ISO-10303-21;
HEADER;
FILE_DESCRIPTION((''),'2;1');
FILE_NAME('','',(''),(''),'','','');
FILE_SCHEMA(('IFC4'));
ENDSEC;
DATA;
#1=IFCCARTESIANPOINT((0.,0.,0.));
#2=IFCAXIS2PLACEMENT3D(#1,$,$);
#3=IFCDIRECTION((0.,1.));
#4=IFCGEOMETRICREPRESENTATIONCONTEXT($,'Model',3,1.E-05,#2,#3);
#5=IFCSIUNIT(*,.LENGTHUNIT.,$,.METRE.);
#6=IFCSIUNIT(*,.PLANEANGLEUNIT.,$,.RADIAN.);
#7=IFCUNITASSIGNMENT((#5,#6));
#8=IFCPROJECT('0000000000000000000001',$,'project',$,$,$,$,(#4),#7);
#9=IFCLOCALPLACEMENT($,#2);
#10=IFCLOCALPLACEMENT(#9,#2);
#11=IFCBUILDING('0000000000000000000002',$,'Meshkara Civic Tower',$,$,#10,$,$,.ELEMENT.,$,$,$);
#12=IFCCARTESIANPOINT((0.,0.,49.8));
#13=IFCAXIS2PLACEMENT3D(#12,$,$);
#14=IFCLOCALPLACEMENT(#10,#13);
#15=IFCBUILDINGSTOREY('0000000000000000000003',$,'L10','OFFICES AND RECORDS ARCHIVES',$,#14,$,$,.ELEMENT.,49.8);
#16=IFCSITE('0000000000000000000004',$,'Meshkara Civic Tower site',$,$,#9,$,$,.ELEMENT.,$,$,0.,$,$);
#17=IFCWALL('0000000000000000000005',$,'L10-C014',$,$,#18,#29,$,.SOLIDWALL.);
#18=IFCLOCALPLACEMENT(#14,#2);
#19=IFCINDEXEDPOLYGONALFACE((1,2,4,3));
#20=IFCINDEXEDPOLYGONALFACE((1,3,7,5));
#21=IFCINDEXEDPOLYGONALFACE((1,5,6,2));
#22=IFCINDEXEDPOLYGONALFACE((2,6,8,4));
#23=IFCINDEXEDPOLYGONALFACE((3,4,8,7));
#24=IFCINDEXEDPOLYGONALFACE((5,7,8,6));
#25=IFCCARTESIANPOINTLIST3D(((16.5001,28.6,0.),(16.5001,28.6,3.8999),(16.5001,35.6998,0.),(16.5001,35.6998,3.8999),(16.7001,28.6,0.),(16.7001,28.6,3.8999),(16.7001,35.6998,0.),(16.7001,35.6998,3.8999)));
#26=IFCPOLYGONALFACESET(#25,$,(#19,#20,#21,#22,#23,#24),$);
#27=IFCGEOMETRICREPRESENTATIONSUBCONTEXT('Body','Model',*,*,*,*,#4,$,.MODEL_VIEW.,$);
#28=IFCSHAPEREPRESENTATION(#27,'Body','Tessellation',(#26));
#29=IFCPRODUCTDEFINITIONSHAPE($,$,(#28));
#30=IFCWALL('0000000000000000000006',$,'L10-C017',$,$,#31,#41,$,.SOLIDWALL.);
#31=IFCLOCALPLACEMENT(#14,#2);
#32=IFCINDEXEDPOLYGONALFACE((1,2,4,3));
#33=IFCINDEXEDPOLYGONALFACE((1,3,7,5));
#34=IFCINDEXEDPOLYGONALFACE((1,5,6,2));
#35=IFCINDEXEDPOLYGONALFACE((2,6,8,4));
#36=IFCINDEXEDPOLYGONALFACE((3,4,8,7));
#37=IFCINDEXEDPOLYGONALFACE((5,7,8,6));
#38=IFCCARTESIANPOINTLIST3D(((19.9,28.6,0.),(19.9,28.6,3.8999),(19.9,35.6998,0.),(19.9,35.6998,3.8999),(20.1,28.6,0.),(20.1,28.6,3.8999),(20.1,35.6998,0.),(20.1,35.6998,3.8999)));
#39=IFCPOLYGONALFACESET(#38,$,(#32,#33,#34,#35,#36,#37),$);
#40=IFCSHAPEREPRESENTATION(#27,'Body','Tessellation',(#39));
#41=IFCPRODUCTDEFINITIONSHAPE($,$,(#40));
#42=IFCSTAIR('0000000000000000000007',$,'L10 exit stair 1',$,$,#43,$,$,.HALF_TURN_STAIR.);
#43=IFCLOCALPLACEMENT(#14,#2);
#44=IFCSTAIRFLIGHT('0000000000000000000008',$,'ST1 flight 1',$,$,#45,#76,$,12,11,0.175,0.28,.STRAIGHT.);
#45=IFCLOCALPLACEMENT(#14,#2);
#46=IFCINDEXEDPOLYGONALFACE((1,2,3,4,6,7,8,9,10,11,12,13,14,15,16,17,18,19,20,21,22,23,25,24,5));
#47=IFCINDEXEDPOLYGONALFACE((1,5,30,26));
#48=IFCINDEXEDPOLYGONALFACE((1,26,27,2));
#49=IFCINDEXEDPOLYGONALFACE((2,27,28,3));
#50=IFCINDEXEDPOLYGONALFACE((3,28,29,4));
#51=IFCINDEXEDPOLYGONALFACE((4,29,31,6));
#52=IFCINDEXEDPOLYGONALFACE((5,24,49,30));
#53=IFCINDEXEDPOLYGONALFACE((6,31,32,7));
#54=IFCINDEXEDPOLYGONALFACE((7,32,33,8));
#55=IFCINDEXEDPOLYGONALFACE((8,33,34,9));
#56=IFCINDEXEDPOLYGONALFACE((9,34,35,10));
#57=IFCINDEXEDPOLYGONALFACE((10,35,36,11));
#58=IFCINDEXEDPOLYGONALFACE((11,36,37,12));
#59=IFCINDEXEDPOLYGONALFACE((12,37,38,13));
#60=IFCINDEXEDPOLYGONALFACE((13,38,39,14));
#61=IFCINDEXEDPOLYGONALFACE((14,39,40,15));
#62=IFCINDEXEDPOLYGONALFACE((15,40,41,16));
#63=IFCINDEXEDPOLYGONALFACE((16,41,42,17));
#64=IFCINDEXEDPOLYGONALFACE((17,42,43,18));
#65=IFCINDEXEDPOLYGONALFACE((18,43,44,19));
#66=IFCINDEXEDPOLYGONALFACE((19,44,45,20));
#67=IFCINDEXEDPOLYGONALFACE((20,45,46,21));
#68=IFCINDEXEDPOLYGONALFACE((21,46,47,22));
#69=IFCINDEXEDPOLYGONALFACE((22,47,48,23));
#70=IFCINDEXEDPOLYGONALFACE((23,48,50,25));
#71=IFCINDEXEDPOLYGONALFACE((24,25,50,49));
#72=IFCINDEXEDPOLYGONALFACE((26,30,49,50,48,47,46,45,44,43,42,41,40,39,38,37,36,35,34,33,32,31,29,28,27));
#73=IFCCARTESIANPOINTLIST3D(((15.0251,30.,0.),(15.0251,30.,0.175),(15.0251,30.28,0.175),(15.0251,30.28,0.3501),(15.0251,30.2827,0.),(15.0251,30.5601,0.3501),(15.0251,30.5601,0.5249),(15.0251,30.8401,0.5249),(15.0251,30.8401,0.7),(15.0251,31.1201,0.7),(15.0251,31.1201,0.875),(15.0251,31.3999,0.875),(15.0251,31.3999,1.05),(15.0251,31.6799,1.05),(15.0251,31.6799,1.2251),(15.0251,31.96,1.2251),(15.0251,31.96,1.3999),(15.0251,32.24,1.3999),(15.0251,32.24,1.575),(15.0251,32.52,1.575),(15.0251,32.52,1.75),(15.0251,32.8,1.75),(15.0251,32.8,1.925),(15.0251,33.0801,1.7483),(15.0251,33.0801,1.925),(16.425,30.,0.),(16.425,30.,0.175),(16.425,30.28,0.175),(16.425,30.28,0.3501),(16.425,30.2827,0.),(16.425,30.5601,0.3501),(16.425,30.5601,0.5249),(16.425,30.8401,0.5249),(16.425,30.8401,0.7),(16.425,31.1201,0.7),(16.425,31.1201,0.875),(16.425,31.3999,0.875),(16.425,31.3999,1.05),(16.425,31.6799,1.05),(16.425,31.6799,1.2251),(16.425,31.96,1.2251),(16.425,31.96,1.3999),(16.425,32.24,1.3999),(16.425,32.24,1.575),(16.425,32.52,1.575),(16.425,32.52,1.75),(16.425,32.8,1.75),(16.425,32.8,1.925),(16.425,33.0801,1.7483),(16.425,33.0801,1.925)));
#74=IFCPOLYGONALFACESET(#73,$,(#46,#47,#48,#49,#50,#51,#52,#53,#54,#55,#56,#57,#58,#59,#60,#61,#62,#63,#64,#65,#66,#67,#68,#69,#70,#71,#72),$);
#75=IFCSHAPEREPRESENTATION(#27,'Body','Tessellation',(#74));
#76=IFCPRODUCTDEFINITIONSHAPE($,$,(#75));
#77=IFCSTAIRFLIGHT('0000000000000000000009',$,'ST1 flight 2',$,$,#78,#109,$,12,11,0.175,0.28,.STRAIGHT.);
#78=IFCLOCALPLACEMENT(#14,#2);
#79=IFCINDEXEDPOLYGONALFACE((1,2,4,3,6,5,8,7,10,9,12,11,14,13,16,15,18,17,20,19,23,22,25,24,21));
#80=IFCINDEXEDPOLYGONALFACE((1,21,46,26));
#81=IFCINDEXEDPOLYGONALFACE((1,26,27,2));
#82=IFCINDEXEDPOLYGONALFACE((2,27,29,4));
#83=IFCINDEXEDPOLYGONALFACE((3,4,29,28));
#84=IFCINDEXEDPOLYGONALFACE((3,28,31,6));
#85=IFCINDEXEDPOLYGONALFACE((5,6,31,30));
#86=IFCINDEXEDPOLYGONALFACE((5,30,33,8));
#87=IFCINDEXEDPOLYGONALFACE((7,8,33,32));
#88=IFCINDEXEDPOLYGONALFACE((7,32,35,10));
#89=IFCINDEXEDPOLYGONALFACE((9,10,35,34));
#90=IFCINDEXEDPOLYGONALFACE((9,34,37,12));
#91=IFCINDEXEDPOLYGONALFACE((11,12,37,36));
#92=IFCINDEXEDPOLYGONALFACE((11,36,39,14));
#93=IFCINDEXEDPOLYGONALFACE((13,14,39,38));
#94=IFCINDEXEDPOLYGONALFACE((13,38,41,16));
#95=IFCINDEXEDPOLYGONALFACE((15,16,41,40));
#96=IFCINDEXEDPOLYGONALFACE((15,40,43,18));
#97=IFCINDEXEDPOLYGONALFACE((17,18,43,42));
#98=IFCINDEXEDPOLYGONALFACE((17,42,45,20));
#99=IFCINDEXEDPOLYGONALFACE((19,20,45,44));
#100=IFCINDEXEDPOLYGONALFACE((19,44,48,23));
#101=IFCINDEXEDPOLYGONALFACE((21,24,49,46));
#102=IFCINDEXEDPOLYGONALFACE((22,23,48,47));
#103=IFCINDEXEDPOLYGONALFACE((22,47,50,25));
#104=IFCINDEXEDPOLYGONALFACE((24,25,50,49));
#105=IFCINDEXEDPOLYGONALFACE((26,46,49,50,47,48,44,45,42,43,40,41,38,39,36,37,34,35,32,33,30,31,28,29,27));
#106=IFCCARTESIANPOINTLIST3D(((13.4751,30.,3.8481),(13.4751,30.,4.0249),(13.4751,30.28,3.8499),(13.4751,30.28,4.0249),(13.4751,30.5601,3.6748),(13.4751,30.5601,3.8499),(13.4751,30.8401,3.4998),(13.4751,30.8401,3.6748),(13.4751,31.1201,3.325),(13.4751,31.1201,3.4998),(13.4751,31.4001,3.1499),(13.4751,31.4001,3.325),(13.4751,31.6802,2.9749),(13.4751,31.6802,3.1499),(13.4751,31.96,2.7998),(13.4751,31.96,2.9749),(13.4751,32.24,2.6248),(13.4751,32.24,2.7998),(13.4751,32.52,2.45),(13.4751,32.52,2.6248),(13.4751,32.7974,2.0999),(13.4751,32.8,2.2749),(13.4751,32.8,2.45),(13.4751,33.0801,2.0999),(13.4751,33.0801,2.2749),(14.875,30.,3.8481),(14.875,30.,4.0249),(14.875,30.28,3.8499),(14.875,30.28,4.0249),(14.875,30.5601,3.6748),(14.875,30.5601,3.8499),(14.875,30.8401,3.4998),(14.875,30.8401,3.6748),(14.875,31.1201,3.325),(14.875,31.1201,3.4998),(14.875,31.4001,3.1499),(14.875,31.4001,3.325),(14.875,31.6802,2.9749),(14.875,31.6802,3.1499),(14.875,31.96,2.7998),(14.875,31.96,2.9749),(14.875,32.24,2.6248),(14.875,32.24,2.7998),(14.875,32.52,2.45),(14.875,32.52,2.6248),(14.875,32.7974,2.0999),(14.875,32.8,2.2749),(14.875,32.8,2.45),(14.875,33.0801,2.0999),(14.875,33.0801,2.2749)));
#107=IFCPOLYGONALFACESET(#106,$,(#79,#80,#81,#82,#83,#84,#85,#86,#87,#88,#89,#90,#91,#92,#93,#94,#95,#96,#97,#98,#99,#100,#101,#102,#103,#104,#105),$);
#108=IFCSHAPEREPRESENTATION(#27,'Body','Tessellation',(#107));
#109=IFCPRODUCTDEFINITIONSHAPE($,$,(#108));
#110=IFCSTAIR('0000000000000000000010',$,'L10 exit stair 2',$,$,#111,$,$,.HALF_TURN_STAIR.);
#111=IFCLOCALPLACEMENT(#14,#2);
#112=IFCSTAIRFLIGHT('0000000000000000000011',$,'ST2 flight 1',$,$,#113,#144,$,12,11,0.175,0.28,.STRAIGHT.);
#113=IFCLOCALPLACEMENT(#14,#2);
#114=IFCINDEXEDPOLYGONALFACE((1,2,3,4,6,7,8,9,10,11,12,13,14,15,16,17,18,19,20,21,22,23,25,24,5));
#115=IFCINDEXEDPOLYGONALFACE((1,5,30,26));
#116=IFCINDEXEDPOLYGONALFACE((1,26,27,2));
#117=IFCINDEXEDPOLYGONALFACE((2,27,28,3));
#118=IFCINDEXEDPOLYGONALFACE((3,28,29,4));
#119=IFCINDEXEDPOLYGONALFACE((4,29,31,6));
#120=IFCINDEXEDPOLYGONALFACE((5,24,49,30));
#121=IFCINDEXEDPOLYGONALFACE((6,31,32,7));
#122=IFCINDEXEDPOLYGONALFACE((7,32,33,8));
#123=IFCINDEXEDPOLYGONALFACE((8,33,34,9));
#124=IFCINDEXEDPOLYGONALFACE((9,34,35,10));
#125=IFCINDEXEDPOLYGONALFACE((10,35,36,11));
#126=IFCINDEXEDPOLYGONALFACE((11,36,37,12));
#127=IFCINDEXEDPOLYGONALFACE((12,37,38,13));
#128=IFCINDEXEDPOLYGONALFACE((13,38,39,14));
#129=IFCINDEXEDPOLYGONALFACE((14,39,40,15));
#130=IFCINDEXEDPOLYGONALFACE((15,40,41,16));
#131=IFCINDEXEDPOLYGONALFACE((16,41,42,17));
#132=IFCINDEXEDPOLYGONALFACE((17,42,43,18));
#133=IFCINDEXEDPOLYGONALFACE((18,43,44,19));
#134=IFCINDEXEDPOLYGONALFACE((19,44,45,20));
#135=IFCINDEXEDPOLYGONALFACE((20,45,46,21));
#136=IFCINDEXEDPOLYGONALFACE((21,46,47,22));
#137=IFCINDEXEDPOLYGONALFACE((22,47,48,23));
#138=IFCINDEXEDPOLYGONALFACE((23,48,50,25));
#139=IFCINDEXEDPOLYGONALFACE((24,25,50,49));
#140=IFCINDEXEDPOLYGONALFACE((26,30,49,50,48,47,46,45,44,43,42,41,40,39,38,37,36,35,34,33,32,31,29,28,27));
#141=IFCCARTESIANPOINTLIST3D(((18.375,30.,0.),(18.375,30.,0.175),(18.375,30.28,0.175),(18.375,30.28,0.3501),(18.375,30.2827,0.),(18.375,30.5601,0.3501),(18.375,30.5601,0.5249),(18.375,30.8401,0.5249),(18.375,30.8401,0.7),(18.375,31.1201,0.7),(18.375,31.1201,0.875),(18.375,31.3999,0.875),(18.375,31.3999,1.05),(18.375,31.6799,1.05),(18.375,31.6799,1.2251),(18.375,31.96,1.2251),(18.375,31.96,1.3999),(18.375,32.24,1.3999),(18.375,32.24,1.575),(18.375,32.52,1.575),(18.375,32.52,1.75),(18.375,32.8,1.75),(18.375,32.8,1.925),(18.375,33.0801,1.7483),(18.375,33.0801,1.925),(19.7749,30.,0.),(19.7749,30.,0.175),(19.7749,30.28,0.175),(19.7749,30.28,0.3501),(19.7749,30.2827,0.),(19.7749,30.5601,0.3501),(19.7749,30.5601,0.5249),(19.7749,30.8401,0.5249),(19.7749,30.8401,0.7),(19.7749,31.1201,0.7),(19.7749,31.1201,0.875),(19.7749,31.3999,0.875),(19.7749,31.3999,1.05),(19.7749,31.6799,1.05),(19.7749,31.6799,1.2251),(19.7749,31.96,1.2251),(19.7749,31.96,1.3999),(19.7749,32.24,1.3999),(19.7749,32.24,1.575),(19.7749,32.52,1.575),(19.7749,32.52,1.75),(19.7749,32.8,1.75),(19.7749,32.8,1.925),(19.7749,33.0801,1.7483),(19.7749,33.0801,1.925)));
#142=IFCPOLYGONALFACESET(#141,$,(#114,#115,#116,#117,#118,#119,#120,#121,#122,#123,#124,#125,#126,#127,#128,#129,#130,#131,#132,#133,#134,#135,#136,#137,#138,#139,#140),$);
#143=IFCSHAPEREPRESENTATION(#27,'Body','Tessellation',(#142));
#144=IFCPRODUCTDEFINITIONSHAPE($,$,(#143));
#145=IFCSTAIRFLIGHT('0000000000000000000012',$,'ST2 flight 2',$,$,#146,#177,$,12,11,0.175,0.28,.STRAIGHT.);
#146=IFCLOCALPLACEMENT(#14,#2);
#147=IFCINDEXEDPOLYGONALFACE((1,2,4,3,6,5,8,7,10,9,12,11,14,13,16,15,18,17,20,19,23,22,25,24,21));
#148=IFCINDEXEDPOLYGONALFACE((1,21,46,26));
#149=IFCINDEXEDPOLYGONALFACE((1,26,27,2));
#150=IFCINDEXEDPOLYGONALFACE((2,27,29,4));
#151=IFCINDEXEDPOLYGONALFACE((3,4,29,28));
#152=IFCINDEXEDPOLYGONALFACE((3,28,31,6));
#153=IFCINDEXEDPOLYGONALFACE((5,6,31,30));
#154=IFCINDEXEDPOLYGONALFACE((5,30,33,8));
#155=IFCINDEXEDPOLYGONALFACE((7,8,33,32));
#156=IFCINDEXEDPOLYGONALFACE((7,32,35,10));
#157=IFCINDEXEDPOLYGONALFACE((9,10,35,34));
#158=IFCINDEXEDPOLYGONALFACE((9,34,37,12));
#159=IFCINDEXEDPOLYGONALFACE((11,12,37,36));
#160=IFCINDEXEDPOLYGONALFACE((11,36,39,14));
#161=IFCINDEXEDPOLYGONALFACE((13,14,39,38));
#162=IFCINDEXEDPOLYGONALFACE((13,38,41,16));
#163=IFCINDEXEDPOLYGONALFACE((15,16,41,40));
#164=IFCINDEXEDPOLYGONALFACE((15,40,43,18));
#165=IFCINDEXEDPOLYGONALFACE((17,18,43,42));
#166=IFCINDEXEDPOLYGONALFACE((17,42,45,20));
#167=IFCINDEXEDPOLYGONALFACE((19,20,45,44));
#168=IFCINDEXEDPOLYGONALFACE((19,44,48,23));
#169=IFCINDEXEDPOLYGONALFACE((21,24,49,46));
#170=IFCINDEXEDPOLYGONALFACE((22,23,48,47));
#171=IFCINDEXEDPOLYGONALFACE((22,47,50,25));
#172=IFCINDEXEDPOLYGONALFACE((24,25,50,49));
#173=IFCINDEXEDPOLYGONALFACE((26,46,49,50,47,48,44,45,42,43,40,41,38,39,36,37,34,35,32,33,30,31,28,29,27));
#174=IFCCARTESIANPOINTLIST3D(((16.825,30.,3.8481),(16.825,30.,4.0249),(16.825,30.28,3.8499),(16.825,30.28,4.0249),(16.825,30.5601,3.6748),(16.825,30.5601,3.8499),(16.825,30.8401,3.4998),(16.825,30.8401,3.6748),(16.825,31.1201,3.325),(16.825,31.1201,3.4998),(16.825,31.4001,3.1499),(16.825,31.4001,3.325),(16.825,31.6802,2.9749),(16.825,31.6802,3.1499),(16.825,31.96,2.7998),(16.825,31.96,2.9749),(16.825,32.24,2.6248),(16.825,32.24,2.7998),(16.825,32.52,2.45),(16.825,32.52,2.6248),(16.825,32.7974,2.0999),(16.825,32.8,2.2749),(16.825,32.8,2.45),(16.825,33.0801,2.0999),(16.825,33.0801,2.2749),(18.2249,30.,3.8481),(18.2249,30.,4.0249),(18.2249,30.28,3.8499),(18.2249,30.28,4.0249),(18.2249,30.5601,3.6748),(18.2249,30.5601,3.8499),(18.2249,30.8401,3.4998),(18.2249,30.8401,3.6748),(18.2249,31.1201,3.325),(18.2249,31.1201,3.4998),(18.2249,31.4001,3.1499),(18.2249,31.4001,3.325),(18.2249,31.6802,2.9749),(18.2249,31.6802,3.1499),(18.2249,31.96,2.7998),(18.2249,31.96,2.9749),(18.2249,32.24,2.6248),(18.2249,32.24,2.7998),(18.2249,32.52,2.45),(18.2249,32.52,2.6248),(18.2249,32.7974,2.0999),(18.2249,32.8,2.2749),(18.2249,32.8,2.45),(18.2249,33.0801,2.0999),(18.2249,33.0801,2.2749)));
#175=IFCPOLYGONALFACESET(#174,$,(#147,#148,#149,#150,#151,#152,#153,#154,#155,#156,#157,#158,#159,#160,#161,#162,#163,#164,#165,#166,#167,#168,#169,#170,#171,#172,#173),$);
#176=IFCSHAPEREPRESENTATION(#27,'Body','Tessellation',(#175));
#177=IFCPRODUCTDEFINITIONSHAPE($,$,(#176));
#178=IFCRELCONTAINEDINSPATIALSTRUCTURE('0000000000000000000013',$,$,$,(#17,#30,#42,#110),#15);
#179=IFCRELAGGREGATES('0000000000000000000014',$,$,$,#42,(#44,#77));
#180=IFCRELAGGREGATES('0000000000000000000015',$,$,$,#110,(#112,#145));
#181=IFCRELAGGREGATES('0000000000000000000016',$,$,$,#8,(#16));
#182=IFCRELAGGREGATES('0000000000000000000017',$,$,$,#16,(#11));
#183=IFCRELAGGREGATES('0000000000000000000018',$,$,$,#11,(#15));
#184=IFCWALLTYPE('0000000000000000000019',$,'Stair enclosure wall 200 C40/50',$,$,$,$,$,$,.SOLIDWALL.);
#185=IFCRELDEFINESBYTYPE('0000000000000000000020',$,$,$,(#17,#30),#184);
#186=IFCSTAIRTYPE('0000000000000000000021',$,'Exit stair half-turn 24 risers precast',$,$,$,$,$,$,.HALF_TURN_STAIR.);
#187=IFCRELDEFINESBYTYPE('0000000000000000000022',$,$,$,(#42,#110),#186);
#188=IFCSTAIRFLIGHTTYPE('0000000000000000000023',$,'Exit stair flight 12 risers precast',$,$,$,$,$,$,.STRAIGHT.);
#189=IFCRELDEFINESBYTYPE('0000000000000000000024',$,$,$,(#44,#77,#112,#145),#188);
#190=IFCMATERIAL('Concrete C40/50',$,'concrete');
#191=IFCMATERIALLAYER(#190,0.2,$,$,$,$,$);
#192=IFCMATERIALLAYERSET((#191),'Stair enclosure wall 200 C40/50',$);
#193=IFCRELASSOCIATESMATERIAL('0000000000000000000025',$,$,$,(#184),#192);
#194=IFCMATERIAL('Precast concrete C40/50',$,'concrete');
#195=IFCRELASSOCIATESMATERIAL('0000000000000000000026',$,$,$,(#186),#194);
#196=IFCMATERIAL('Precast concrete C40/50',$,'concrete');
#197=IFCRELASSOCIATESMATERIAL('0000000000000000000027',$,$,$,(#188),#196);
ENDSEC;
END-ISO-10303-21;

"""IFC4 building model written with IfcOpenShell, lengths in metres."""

from ifc_helpers import new_model, si_unit, direction, frame, frame_2d, origin, place, context, subcontext, project, spatial, polyline, rectangle, outline, extrude, material, layer, layer_set, type_object, element, aggregate, save


model = new_model("IFC4")

# Units and contexts
model_context = context("Model", 3, precision=1e-05, world=origin(), true_north=direction((0.0, 1.0)))
body_context = subcontext(model_context, "Body", "Model", "MODEL_VIEW")
ifc_project = project(units=[si_unit("LENGTHUNIT", "METRE"), si_unit("PLANEANGLEUNIT", "RADIAN")], contexts=[model_context])

# Site, building, storey
site_placement = place(None, origin())
site = spatial("IfcSite", under=ifc_project, at=site_placement, Name="Meshkara Civic Tower site", CompositionType="ELEMENT", RefElevation=0.0)
building_placement = place(site_placement, origin())
building = spatial("IfcBuilding", under=site, at=building_placement, Name="Meshkara Civic Tower", CompositionType="ELEMENT")
storey_placement = place(building_placement, frame((0.0, 0.0, 49.8)))
storey = spatial("IfcBuildingStorey", under=building, at=storey_placement, Name="L10", Description="OFFICES AND RECORDS ARCHIVES", CompositionType="ELEMENT", Elevation=49.8)

# Walls
ifc_material_1 = material(Name="Concrete C40/50", Category="concrete")
ifc_layer_1 = layer(ifc_material_1, 0.2)
ifc_layer_set_1 = layer_set([ifc_layer_1], Name="Stair enclosure wall 200 C40/50")
wall_type_1 = type_object("IfcWallType", Name="Stair enclosure wall 200 C40/50", PredefinedType="SOLIDWALL", material=ifc_layer_set_1)
for number, where, z_axis, x_axis, name in (
    (1, (16.6001, 28.6001, 0.0), (0.0, 0.0, 1.0), (0.0, 1.0, 0.0), "L10-C014"),
    (2, (20.0, 28.6001, 0.0), (0.0, 0.0, 1.0), (0.0, 1.0, 0.0), "L10-C017"),
):
    element("IfcWall", number, at=place(storey_placement, frame(where, z_axis=z_axis, x_axis=x_axis)), inside=storey, type_object=wall_type_1, Name=name, PredefinedType="SOLIDWALL", context=body_context, shape_type="SweptSolid", body=[
        extrude(rectangle(XDim=7.0999, YDim=0.2, at=frame_2d((3.5498, 0.0))), origin(), (0.0, 0.0, 1.0), 3.8999),
    ])

# Stairs, stair flights
ifc_material_2 = material(Name="Precast concrete C40/50", Category="concrete")
stair_type = type_object("IfcStairType", Name="Exit stair half-turn 24 risers precast", PredefinedType="HALF_TURN_STAIR", material=ifc_material_2)
stair_1_placement = place(storey_placement, origin())
stair_1 = element("IfcStair", 3, at=stair_1_placement, inside=storey, type_object=stair_type, Name="L10 exit stair 1", PredefinedType="HALF_TURN_STAIR")
ifc_material_3 = material(Name="Precast concrete C40/50", Category="concrete")
stair_flight_type = type_object("IfcStairFlightType", Name="Exit stair flight 12 risers precast", PredefinedType="STRAIGHT", material=ifc_material_3)
stair_flight_1_placement = place(storey_placement, frame((15.7251, 30.0, 0.0), z_axis=(0.0, 0.0, 1.0), x_axis=(0.0, 1.0, 0.0)))
stair_flight_1 = element("IfcStairFlight", 4, at=stair_flight_1_placement, type_object=stair_flight_type, Name="ST1 flight 1", NumberOfRisers=12, NumberOfTreads=11, PredefinedType="STRAIGHT", RiserHeight=0.175, TreadLength=0.28, context=body_context, shape_type="SweptSolid", body=[
    extrude(outline(polyline([(0.0, 0.0), (0.0, 0.175), (0.28, 0.175), (0.28, 0.3501), (0.5601, 0.3501), (0.5601, 0.5249), (0.8401, 0.5249), (0.8401, 0.7), (1.1201, 0.7), (1.1201, 0.875), (1.3999, 0.875), (1.3999, 1.05), (1.6799, 1.05), (1.6799, 1.2251), (1.96, 1.2251), (1.96, 1.3999), (2.24, 1.3999), (2.24, 1.575), (2.52, 1.575), (2.52, 1.75), (2.8, 1.75), (2.8, 1.925), (3.0801, 1.925), (3.0801, 2.1001), (3.0801, 1.7483), (0.2827, 0.0), (0.0, 0.0)])), frame((0.0, 0.7, 0.0), z_axis=(0.0, -1.0, 0.0), x_axis=(1.0, 0.0, 0.0)), (0.0, 0.0, 1.0), 1.3999),
])
stair_flight_2_placement = place(storey_placement, frame((14.175, 33.0801, 2.0999), z_axis=(0.0, 0.0, 1.0), x_axis=(0.0, -1.0, 0.0)))
stair_flight_2 = element("IfcStairFlight", 5, at=stair_flight_2_placement, type_object=stair_flight_type, Name="ST1 flight 2", NumberOfRisers=12, NumberOfTreads=11, PredefinedType="STRAIGHT", RiserHeight=0.175, TreadLength=0.28, context=body_context, shape_type="SweptSolid", body=[
    extrude(outline(polyline([(0.0, 0.0), (0.0, 0.175), (0.28, 0.175), (0.28, 0.3501), (0.5601, 0.3501), (0.5601, 0.5249), (0.8401, 0.5249), (0.8401, 0.7), (1.1201, 0.7), (1.1201, 0.875), (1.3999, 0.875), (1.3999, 1.05), (1.6799, 1.05), (1.6799, 1.2251), (1.96, 1.2251), (1.96, 1.3999), (2.24, 1.3999), (2.24, 1.575), (2.52, 1.575), (2.52, 1.75), (2.8, 1.75), (2.8, 1.925), (3.0801, 1.925), (3.0801, 2.1001), (3.0801, 1.7483), (0.2827, 0.0), (0.0, 0.0)])), frame((0.0, 0.7, 0.0), z_axis=(0.0, -1.0, 0.0), x_axis=(1.0, 0.0, 0.0)), (0.0, 0.0, 1.0), 1.3999),
])
aggregate(stair_1, [stair_flight_1, stair_flight_2])
stair_2_placement = place(storey_placement, origin())
stair_2 = element("IfcStair", 6, at=stair_2_placement, inside=storey, type_object=stair_type, Name="L10 exit stair 2", PredefinedType="HALF_TURN_STAIR")
stair_flight_3_placement = place(storey_placement, frame((19.075, 30.0, 0.0), z_axis=(0.0, 0.0, 1.0), x_axis=(0.0, 1.0, 0.0)))
stair_flight_3 = element("IfcStairFlight", 7, at=stair_flight_3_placement, type_object=stair_flight_type, Name="ST2 flight 1", NumberOfRisers=12, NumberOfTreads=11, PredefinedType="STRAIGHT", RiserHeight=0.175, TreadLength=0.28, context=body_context, shape_type="SweptSolid", body=[
    extrude(outline(polyline([(0.0, 0.0), (0.0, 0.175), (0.28, 0.175), (0.28, 0.3501), (0.5601, 0.3501), (0.5601, 0.5249), (0.8401, 0.5249), (0.8401, 0.7), (1.1201, 0.7), (1.1201, 0.875), (1.3999, 0.875), (1.3999, 1.05), (1.6799, 1.05), (1.6799, 1.2251), (1.96, 1.2251), (1.96, 1.3999), (2.24, 1.3999), (2.24, 1.575), (2.52, 1.575), (2.52, 1.75), (2.8, 1.75), (2.8, 1.925), (3.0801, 1.925), (3.0801, 2.1001), (3.0801, 1.7483), (0.2827, 0.0), (0.0, 0.0)])), frame((0.0, 0.7, 0.0), z_axis=(0.0, -1.0, 0.0), x_axis=(1.0, 0.0, 0.0)), (0.0, 0.0, 1.0), 1.3999),
])
stair_flight_4_placement = place(storey_placement, frame((17.5249, 33.0801, 2.0999), z_axis=(0.0, 0.0, 1.0), x_axis=(0.0, -1.0, 0.0)))
stair_flight_4 = element("IfcStairFlight", 8, at=stair_flight_4_placement, type_object=stair_flight_type, Name="ST2 flight 2", NumberOfRisers=12, NumberOfTreads=11, PredefinedType="STRAIGHT", RiserHeight=0.175, TreadLength=0.28, context=body_context, shape_type="SweptSolid", body=[
    extrude(outline(polyline([(0.0, 0.0), (0.0, 0.175), (0.28, 0.175), (0.28, 0.3501), (0.5601, 0.3501), (0.5601, 0.5249), (0.8401, 0.5249), (0.8401, 0.7), (1.1201, 0.7), (1.1201, 0.875), (1.3999, 0.875), (1.3999, 1.05), (1.6799, 1.05), (1.6799, 1.2251), (1.96, 1.2251), (1.96, 1.3999), (2.24, 1.3999), (2.24, 1.575), (2.52, 1.575), (2.52, 1.75), (2.8, 1.75), (2.8, 1.925), (3.0801, 1.925), (3.0801, 2.1001), (3.0801, 1.7483), (0.2827, 0.0), (0.0, 0.0)])), frame((0.0, 0.7, 0.0), z_axis=(0.0, -1.0, 0.0), x_axis=(1.0, 0.0, 0.0)), (0.0, 0.0, 1.0), 1.3999),
])
aggregate(stair_2, [stair_flight_3, stair_flight_4])

save(model, "model.ifc")
